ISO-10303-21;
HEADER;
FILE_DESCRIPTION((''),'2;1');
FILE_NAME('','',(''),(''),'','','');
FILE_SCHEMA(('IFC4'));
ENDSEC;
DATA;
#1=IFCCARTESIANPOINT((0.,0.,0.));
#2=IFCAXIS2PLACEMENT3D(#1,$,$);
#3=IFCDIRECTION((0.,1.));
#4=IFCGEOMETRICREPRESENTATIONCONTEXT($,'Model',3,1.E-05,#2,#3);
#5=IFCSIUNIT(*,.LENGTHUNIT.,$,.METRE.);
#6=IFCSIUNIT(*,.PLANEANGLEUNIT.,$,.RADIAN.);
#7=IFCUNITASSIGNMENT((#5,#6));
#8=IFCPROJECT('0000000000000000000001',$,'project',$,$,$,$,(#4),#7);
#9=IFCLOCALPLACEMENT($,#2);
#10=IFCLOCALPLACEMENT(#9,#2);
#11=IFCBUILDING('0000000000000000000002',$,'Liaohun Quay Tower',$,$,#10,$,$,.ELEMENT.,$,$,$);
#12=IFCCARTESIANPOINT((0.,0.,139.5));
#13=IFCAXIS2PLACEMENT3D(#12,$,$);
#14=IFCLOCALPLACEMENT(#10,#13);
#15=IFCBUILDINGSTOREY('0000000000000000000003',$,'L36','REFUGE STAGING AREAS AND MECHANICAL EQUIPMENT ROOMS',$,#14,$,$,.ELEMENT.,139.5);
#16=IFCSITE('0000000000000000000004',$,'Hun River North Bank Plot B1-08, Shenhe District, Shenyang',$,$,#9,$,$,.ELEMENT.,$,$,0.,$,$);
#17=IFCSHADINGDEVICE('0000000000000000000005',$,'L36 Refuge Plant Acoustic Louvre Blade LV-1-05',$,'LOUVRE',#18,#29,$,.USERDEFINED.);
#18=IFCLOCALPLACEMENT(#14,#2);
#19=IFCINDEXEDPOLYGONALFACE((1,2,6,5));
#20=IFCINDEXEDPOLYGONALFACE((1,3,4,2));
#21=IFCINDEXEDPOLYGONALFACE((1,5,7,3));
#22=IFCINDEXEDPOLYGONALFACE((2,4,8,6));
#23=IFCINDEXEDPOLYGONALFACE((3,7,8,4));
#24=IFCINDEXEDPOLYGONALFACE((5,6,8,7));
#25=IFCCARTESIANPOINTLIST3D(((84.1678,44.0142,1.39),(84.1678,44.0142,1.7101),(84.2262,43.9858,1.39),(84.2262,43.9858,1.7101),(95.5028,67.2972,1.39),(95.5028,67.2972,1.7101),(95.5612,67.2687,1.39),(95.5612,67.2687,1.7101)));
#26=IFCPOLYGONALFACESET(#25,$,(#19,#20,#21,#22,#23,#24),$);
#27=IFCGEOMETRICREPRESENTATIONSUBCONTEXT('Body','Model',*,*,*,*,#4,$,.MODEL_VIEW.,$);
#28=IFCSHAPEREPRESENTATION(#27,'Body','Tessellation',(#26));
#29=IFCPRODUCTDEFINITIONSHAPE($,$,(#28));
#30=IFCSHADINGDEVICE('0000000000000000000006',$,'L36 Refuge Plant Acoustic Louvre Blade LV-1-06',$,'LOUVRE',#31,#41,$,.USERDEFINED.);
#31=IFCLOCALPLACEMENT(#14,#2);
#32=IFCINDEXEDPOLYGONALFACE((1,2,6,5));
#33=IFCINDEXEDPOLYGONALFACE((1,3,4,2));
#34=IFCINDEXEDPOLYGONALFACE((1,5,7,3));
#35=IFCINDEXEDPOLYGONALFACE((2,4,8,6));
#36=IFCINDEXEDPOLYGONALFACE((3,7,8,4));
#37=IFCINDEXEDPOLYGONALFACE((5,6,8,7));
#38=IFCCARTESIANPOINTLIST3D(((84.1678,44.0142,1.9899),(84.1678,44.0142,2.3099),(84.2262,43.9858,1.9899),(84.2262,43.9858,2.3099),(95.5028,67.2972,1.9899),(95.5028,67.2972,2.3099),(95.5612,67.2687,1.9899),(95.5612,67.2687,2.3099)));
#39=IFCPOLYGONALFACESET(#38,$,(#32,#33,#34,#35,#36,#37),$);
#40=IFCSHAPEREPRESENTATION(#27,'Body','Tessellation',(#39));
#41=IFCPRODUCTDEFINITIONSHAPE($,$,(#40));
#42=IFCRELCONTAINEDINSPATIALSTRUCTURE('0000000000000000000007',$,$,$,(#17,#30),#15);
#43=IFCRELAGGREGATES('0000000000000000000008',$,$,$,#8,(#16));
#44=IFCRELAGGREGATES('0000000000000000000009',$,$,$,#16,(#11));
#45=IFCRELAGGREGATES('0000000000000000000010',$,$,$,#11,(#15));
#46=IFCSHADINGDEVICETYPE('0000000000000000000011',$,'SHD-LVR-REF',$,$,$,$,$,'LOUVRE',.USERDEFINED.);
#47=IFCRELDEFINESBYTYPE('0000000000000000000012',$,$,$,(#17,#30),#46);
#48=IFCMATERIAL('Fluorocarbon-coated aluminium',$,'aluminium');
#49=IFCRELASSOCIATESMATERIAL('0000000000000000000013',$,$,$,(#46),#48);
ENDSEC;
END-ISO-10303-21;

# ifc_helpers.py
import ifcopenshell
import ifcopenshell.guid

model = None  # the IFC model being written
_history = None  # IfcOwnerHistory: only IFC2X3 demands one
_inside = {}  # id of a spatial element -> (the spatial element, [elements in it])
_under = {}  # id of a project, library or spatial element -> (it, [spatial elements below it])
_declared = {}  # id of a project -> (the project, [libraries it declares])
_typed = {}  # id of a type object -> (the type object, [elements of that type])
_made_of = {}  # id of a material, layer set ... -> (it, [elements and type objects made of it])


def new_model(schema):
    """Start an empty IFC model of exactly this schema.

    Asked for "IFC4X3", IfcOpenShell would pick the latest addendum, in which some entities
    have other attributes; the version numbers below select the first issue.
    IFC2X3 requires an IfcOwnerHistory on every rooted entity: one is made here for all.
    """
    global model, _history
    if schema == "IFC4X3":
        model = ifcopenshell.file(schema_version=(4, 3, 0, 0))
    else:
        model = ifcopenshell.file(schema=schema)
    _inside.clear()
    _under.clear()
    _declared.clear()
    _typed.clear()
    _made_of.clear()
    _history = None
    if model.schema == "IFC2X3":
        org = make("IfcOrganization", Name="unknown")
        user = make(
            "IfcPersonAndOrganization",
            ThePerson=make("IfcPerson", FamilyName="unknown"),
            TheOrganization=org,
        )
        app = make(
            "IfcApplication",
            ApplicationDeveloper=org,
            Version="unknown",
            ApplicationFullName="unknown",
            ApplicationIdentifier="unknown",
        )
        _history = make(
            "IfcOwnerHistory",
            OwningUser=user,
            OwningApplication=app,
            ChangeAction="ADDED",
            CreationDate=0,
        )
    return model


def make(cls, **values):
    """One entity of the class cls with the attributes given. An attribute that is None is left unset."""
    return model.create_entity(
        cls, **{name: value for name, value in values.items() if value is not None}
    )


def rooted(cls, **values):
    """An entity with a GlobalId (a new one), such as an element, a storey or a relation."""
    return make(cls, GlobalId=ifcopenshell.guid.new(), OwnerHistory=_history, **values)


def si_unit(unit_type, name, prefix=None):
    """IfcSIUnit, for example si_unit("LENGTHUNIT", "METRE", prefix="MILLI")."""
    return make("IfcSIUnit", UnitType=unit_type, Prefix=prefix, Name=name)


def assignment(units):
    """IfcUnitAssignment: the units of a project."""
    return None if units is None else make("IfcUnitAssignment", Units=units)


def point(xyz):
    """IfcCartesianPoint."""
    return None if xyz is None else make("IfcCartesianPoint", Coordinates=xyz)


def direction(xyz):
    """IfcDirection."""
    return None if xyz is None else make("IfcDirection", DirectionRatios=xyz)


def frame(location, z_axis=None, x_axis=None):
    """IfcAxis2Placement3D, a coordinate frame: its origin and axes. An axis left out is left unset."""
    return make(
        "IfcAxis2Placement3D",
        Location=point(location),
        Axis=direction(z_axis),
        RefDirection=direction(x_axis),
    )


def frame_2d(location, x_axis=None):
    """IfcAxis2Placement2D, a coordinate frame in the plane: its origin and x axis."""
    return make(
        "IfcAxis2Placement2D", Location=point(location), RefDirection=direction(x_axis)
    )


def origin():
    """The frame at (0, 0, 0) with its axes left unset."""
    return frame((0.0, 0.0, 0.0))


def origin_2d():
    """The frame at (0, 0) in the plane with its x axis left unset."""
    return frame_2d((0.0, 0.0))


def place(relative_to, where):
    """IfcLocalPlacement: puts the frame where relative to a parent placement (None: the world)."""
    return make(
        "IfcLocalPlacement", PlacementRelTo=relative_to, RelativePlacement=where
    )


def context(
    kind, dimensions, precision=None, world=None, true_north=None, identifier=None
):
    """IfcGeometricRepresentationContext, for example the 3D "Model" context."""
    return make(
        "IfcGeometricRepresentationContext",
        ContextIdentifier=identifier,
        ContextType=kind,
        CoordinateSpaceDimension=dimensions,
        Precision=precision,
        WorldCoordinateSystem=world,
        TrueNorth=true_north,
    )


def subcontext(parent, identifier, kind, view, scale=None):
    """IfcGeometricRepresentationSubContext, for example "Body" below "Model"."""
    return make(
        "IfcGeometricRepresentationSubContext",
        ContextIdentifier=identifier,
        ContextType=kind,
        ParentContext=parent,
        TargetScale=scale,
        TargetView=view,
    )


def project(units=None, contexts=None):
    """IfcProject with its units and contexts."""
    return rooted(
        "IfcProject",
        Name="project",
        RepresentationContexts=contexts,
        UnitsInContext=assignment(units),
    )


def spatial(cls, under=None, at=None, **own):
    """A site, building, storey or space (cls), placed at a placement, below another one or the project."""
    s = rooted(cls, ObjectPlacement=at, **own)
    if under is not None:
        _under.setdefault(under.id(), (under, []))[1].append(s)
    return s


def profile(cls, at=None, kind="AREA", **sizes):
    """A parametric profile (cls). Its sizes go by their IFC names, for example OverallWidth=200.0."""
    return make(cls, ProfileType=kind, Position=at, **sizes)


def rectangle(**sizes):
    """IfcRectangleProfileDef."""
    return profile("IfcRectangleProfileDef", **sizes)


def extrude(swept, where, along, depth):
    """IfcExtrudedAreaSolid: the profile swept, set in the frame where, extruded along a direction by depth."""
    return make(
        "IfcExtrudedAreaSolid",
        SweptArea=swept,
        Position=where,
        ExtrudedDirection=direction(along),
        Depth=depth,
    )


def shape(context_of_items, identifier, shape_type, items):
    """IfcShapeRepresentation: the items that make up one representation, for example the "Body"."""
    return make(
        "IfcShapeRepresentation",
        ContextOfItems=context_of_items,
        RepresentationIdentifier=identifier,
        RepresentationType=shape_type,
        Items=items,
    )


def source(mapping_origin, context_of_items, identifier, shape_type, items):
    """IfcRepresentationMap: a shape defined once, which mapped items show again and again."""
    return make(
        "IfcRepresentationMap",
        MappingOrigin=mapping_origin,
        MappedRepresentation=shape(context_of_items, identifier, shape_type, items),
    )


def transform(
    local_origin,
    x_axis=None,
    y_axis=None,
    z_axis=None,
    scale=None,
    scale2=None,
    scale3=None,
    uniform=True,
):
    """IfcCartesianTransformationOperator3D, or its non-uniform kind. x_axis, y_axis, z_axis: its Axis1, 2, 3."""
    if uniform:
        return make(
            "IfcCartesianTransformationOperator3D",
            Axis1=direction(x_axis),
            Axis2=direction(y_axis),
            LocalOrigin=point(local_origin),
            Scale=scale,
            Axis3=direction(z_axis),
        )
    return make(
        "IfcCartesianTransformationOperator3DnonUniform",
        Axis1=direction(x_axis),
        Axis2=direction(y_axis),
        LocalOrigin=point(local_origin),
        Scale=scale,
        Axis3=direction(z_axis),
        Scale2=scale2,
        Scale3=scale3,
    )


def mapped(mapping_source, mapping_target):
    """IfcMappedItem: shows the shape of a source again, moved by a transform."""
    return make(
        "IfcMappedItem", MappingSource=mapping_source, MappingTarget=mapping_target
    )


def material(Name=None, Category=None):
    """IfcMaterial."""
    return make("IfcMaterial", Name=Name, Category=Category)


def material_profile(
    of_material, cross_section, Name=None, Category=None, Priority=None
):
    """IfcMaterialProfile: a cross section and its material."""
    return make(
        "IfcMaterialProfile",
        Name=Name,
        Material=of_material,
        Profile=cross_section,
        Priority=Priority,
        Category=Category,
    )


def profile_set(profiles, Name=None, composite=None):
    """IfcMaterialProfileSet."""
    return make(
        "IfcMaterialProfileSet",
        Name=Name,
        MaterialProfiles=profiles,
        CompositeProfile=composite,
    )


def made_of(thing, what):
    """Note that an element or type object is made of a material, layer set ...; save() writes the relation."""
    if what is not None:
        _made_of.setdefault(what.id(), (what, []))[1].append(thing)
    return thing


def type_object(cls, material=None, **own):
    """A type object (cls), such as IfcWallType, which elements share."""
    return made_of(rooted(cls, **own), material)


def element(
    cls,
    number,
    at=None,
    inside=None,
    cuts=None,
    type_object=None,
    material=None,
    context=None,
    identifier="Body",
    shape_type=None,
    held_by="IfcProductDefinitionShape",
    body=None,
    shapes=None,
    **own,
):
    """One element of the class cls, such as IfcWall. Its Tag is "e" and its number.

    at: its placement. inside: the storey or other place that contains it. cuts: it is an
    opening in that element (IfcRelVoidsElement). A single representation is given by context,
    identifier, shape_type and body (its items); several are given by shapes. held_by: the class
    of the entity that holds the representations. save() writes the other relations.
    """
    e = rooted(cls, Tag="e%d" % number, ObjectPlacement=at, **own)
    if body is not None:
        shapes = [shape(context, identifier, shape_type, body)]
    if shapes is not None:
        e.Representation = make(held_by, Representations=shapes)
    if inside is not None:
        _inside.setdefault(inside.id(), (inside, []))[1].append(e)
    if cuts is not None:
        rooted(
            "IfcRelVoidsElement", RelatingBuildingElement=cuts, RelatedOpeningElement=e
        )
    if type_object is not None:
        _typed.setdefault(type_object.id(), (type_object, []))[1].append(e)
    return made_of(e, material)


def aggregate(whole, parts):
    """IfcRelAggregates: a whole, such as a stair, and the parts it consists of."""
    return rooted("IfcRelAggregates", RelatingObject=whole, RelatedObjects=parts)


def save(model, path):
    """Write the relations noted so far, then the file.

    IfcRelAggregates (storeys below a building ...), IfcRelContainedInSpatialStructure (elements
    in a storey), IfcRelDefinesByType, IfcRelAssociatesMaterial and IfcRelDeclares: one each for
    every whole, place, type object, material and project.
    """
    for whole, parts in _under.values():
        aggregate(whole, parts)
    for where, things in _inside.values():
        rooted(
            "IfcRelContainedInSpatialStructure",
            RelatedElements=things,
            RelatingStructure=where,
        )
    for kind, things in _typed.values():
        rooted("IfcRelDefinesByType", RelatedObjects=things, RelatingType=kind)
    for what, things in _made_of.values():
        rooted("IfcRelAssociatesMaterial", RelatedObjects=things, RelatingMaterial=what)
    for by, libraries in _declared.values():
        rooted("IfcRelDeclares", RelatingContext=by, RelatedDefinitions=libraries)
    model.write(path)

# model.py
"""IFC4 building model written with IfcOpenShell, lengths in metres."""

from ifc_helpers import new_model, si_unit, direction, frame, origin, origin_2d, place, context, subcontext, project, spatial, rectangle, extrude, source, transform, mapped, material, material_profile, profile_set, type_object, element, save


model = new_model("IFC4")

# Units and contexts
model_context = context("Model", 3, precision=1e-05, world=origin(), true_north=direction((0.0, 1.0)))
body_context = subcontext(model_context, "Body", "Model", "MODEL_VIEW")
ifc_project = project(units=[si_unit("LENGTHUNIT", "METRE"), si_unit("PLANEANGLEUNIT", "RADIAN")], contexts=[model_context])

# Site, building, storey
site_placement = place(None, origin())
site = spatial("IfcSite", under=ifc_project, at=site_placement, Name="Hun River North Bank Plot B1-08, Shenhe District, Shenyang", CompositionType="ELEMENT", RefElevation=0.0)
building_placement = place(site_placement, origin())
building = spatial("IfcBuilding", under=site, at=building_placement, Name="Liaohun Quay Tower", CompositionType="ELEMENT")
storey_placement = place(building_placement, frame((0.0, 0.0, 139.5)))
storey = spatial("IfcBuildingStorey", under=building, at=storey_placement, Name="L36", Description="REFUGE STAGING AREAS AND MECHANICAL EQUIPMENT ROOMS", CompositionType="ELEMENT", Elevation=139.5)

# Shading devices
ifc_material_1 = material(Name="Fluorocarbon-coated aluminium", Category="aluminium")
ifc_material_profile_1 = material_profile(ifc_material_1, rectangle(XDim=0.0649, YDim=0.3201, at=origin_2d()), Name="ALU-LVR-320x65")
ifc_profile_set_1 = profile_set([ifc_material_profile_1], Name="Fluorocarbon-coated aluminium")
shading_device_type = type_object("IfcShadingDeviceType", Name="SHD-LVR-REF", ElementType="LOUVRE", PredefinedType="USERDEFINED", material=ifc_profile_set_1)
shared_shape_1 = source(origin(), body_context, "Body", "SweptSolid", [
    extrude(rectangle(XDim=0.0649, YDim=0.3201, at=origin_2d()), origin(), (0.0, 0.0, 1.0), 25.8955),
])
for number, where, z_axis, x_axis, name in (
    (1, (95.532, 67.283, 1.55), (-0.437719, -0.899112, 0.0), (0.899112, -0.437719, 0.0), "L36 Refuge Plant Acoustic Louvre Blade LV-1-05"),
    (2, (95.532, 67.283, 2.1499), (-0.437719, -0.899112, 0.0), (0.899112, -0.437719, 0.0), "L36 Refuge Plant Acoustic Louvre Blade LV-1-06"),
):
    element("IfcShadingDevice", number, at=place(storey_placement, frame(where, z_axis=z_axis, x_axis=x_axis)), inside=storey, type_object=shading_device_type, Name=name, ObjectType="LOUVRE", PredefinedType="USERDEFINED", context=body_context, shape_type="MappedRepresentation", body=[
        mapped(shared_shape_1, transform((0.0, 0.0, 0.0), x_axis=(1.0, 0.0, 0.0), y_axis=(0.0, 1.0, 0.0), z_axis=(0.0, 0.0, 1.0), scale=1.0)),
    ])

save(model, "model.ifc")
